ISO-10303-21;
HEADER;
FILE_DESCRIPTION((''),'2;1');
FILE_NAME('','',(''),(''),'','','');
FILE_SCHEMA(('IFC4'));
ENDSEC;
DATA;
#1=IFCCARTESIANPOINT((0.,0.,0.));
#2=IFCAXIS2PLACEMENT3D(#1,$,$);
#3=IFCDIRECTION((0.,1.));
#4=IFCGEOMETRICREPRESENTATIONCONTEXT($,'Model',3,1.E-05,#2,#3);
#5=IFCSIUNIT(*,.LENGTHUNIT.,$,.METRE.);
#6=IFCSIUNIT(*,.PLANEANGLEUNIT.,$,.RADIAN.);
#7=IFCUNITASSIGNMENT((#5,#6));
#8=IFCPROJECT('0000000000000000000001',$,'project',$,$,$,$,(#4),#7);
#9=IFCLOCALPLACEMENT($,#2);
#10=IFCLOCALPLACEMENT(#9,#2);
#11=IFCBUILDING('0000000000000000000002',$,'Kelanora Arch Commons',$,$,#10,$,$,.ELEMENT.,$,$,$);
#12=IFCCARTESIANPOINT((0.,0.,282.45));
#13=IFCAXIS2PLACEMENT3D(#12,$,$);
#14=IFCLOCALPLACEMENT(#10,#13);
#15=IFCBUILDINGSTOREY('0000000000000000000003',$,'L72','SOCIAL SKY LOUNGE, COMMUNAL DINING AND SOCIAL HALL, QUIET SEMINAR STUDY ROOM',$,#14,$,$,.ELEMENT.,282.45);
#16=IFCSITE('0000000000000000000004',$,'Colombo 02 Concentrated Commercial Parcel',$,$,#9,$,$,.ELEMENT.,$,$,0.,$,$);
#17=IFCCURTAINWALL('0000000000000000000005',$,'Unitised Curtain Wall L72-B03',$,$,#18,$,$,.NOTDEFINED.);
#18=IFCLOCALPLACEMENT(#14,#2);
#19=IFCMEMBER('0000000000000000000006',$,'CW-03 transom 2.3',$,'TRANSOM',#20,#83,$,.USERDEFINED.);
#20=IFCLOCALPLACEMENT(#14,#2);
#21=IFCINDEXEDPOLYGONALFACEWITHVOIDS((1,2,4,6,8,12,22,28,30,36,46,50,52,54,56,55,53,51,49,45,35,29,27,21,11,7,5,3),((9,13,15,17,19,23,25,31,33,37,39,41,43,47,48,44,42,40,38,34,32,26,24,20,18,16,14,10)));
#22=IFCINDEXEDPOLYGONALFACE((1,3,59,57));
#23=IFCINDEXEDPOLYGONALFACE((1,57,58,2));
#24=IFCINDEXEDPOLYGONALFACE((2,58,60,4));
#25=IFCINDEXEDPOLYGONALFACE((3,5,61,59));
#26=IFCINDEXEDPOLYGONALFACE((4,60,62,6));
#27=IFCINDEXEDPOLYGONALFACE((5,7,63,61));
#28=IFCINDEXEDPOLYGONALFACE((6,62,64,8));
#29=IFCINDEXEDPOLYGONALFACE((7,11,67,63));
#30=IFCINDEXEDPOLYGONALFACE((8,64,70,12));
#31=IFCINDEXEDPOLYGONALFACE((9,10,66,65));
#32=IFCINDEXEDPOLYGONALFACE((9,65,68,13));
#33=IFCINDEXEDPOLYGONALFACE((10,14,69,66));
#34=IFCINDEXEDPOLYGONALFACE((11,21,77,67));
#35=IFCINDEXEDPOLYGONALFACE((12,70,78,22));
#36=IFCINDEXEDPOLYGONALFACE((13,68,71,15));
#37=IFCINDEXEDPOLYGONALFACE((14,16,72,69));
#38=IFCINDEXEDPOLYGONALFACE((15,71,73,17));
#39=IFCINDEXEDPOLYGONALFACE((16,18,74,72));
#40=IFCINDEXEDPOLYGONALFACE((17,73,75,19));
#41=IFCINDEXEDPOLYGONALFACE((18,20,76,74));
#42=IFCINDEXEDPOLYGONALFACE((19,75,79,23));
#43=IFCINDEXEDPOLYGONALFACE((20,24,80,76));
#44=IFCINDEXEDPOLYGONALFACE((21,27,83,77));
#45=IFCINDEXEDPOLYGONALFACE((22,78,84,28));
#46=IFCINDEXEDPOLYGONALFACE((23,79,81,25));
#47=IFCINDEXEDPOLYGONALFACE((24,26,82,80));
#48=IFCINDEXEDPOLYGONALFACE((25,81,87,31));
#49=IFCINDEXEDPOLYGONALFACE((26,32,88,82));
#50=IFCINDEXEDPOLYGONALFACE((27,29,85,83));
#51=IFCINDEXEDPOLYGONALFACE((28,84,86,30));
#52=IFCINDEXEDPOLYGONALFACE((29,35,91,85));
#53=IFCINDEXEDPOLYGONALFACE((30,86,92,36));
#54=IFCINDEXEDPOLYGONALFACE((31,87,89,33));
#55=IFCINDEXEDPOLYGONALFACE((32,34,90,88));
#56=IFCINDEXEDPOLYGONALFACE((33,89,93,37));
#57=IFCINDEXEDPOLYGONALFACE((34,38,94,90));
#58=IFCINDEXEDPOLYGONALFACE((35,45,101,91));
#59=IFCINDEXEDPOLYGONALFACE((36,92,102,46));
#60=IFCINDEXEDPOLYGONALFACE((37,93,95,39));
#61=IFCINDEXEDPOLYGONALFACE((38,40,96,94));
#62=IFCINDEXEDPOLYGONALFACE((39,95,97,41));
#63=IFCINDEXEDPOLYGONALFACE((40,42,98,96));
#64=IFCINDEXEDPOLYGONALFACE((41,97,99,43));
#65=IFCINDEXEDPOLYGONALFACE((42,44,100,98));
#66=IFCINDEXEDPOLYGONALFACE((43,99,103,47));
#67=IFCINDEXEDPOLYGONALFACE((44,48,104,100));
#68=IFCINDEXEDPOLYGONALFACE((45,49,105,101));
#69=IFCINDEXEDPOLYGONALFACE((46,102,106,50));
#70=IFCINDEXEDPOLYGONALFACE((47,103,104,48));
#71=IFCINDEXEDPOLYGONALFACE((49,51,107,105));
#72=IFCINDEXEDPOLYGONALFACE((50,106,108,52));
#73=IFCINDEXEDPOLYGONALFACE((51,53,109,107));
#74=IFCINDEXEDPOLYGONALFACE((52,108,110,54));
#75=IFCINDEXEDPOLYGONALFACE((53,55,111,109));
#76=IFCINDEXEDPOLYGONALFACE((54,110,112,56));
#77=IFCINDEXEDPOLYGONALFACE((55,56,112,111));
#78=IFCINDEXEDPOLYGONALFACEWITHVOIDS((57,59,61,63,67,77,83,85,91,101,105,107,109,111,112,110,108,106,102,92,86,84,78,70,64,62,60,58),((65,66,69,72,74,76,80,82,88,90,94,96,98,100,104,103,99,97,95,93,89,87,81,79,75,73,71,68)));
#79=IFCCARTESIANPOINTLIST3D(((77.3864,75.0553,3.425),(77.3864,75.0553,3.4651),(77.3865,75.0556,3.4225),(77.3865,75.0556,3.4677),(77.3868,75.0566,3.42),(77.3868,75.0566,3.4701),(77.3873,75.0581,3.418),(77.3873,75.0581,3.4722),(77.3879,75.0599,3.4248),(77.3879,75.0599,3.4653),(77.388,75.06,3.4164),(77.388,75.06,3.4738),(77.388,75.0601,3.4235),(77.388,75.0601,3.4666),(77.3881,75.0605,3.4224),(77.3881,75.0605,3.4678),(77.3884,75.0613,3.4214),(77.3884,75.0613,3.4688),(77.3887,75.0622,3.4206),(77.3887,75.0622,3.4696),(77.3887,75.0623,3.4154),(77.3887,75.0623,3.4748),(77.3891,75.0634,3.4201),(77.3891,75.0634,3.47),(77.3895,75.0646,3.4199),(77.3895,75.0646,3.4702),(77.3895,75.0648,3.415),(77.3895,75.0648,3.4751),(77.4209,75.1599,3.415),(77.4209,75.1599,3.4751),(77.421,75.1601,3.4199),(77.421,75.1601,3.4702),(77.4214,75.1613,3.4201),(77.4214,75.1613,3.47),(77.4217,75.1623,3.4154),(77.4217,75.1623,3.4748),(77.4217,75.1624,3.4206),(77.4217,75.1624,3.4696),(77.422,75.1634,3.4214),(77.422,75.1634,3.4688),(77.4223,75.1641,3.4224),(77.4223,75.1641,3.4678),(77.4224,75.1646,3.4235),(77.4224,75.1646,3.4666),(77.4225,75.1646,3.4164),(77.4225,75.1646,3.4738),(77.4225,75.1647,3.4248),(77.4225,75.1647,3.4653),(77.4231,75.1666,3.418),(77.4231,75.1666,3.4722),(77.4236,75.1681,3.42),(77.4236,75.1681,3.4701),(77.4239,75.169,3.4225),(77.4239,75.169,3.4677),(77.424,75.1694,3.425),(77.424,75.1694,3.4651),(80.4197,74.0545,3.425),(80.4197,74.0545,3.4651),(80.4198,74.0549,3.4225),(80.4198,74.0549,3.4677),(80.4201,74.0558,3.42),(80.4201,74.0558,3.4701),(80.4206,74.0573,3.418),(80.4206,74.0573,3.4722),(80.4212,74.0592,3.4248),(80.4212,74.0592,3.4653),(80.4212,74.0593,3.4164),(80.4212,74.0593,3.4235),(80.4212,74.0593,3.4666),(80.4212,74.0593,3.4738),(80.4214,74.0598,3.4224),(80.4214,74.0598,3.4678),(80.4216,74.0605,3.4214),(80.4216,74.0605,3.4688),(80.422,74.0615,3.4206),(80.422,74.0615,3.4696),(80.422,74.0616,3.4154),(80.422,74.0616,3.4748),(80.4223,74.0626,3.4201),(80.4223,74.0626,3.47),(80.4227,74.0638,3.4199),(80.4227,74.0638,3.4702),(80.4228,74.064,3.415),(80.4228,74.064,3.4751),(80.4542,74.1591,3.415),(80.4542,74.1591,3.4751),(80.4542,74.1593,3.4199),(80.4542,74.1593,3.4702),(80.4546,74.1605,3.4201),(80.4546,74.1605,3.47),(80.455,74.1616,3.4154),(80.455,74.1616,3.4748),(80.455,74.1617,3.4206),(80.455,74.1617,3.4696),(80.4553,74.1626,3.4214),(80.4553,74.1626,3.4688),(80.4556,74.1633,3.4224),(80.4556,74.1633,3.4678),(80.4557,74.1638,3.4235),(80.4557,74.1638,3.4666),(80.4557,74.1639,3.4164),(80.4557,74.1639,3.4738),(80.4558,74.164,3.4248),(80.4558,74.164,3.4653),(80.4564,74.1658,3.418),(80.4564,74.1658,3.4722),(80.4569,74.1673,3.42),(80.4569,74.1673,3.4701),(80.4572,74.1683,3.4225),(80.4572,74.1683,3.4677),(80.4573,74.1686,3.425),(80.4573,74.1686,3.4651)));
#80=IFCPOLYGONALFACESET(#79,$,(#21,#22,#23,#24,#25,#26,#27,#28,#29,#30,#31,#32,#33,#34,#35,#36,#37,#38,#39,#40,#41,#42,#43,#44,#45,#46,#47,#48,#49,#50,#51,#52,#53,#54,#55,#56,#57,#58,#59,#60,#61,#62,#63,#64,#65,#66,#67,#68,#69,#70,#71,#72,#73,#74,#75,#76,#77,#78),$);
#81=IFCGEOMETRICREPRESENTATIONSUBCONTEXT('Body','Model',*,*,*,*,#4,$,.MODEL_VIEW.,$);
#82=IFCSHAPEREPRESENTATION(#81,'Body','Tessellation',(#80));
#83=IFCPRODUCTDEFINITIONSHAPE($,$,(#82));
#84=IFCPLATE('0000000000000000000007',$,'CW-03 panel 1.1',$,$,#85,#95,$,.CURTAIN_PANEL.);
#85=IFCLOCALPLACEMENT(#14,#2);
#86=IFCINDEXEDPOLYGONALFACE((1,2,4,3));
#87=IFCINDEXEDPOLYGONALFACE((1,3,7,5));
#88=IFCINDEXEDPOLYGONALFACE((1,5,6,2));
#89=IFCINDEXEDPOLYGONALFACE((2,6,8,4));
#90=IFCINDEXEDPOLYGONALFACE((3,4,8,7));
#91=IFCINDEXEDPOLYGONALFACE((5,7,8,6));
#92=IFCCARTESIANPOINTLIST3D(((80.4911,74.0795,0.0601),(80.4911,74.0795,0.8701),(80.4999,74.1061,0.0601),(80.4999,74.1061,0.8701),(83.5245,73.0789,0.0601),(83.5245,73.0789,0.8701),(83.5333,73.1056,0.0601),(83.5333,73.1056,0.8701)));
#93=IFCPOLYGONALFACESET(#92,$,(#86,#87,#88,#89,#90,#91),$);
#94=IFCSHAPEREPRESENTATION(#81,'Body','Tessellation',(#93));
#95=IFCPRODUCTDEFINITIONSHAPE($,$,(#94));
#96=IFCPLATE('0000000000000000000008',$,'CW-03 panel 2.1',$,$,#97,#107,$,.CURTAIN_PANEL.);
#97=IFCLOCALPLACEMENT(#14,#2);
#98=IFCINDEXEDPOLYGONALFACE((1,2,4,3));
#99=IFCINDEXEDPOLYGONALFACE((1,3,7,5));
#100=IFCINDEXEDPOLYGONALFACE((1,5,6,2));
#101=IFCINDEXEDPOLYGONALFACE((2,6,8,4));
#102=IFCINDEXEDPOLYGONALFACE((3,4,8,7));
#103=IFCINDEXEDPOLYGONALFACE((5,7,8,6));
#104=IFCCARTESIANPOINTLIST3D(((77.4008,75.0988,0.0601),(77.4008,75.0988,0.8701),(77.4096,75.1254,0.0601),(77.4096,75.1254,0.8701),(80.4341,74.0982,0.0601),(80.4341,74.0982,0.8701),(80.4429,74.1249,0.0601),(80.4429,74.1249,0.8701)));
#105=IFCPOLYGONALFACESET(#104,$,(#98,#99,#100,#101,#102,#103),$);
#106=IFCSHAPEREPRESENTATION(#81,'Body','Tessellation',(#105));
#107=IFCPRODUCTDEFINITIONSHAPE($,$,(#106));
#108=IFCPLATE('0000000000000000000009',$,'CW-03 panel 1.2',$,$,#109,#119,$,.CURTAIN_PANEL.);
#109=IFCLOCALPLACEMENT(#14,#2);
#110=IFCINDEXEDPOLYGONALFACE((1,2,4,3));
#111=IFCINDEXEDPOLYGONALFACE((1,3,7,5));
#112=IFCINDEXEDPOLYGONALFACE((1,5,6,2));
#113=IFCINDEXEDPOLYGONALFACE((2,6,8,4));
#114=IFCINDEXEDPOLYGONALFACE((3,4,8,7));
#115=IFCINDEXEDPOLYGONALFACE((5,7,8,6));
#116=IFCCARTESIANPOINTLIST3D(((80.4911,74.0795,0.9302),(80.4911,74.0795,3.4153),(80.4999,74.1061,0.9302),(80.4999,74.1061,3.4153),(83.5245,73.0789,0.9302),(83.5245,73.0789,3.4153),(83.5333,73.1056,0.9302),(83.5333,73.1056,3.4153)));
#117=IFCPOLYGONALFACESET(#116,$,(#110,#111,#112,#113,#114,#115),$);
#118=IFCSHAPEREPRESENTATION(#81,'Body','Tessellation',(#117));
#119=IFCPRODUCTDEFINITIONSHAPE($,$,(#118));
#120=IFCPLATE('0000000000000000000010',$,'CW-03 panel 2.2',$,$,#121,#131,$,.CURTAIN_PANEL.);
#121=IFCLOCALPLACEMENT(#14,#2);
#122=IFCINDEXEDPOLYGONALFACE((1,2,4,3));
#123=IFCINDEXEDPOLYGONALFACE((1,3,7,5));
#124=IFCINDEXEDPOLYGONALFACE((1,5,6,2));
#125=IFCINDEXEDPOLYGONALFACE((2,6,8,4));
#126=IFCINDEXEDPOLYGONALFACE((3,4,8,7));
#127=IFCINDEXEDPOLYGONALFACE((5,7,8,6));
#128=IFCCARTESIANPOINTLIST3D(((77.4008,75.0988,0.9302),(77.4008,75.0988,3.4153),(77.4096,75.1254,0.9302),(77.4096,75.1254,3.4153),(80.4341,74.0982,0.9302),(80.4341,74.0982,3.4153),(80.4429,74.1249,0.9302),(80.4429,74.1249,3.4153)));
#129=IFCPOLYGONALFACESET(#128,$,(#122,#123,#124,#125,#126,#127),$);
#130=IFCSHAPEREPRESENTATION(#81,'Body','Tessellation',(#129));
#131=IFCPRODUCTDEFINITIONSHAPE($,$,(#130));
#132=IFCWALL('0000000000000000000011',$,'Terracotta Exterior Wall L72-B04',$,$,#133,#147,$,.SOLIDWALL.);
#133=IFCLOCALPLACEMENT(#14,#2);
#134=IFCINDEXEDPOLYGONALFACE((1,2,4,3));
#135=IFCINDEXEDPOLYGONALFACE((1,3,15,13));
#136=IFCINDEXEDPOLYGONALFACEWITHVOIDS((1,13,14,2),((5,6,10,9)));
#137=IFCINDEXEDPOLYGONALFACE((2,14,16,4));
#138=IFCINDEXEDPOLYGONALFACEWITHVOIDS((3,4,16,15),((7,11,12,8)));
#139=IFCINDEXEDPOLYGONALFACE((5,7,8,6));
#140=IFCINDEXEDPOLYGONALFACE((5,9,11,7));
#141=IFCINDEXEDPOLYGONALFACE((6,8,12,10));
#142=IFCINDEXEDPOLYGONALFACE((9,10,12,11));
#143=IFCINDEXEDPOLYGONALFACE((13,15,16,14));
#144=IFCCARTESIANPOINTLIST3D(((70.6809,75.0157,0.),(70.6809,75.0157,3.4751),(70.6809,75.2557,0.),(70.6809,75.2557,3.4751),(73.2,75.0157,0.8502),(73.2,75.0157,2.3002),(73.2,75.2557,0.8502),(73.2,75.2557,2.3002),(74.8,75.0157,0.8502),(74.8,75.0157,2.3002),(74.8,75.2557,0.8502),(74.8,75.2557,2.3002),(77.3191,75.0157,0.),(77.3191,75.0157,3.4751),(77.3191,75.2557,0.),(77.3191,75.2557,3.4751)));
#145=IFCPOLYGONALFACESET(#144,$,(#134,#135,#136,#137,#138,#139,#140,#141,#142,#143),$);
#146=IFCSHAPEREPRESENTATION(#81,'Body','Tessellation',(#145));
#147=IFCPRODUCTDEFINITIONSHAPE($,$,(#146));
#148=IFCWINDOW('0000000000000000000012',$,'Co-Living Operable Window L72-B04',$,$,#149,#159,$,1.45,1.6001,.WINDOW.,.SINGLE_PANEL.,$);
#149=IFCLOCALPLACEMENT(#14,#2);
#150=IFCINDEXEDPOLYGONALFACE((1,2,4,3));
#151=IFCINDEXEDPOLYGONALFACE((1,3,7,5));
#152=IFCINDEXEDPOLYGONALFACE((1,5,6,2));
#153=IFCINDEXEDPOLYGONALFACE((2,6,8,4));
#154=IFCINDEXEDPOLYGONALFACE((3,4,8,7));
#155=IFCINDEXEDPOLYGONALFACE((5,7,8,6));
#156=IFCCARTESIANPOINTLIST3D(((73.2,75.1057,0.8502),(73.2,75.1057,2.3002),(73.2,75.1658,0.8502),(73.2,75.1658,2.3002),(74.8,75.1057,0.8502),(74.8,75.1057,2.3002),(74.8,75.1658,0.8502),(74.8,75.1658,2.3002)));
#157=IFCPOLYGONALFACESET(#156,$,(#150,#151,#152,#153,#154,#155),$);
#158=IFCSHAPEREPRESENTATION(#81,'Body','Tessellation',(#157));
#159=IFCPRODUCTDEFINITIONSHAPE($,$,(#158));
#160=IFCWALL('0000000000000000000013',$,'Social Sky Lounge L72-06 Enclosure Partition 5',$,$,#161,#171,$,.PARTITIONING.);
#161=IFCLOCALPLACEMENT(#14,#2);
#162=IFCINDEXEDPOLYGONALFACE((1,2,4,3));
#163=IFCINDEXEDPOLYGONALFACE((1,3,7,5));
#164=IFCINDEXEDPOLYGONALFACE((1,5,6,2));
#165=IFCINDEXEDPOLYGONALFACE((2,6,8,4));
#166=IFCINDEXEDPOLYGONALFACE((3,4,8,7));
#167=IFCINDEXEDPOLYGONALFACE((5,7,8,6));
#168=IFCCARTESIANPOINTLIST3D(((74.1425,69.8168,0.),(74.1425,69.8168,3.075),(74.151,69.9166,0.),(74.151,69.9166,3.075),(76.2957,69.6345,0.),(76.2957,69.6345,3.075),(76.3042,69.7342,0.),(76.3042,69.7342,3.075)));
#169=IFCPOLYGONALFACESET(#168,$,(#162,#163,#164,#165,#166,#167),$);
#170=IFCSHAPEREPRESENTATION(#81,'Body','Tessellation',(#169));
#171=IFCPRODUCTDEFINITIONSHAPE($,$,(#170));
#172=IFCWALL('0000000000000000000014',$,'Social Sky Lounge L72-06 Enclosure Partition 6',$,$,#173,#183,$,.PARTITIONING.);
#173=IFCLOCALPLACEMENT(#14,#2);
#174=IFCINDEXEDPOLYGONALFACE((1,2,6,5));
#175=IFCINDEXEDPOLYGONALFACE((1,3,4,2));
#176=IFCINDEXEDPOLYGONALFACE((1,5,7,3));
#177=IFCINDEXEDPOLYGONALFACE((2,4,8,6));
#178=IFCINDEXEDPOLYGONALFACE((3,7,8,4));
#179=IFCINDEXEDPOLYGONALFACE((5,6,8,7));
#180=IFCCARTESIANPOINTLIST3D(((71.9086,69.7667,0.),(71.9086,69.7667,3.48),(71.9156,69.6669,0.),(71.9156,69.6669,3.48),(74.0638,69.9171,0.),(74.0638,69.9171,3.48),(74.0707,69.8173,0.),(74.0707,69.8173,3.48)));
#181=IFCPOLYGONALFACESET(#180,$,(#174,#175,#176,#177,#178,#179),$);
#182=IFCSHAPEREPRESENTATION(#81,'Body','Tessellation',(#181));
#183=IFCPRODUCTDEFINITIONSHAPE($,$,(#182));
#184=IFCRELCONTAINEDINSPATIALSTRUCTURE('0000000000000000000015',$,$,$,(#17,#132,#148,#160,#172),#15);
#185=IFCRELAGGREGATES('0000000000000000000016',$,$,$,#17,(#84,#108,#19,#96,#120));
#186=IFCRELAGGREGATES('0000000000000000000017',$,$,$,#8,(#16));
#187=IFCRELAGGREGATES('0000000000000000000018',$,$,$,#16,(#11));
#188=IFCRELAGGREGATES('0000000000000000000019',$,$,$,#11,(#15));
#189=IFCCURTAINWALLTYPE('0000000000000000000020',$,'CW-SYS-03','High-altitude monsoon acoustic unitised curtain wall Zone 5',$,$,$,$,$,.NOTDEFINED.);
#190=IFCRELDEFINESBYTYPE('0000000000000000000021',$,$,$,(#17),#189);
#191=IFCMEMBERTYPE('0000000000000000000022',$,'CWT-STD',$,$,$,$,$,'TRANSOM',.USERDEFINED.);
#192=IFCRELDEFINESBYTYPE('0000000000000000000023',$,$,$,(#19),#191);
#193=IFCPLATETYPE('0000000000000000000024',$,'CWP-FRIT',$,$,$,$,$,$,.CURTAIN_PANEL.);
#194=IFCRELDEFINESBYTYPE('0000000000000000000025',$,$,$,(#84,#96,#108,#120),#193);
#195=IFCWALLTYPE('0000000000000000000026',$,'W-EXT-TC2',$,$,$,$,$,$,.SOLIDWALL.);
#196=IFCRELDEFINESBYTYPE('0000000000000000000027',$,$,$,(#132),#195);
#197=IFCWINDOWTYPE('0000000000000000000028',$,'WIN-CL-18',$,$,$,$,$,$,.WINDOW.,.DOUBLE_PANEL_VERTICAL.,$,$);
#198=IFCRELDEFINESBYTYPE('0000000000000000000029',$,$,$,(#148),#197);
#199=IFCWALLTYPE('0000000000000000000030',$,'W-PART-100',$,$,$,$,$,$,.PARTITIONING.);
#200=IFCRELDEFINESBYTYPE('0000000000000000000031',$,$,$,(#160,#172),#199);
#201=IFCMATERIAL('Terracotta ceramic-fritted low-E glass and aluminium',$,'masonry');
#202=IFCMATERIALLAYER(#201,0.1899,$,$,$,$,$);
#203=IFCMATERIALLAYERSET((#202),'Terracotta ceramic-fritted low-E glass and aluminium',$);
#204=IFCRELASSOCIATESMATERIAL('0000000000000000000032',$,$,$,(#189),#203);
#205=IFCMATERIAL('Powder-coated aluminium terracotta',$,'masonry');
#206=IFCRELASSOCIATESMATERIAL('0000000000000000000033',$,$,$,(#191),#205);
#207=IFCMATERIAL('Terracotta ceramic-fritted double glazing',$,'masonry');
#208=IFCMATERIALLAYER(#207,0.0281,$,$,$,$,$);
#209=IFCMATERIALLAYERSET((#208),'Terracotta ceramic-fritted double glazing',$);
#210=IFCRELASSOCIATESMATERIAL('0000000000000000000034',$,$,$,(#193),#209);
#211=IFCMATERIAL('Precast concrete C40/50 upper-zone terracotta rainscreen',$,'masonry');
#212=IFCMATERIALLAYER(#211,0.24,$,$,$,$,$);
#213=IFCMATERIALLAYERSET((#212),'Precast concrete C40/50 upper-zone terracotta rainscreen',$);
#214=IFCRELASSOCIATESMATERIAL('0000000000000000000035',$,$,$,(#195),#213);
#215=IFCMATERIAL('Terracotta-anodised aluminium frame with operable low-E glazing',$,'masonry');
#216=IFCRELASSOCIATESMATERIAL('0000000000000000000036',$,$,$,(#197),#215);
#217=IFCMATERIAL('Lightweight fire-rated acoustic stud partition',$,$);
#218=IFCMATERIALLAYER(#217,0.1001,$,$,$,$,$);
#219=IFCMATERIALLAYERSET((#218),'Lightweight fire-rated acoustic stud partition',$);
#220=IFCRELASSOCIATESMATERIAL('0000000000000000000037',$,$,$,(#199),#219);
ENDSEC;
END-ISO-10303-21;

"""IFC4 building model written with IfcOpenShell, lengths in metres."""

from ifc_helpers import new_model, si_unit, direction, frame, frame_2d, origin, origin_2d, place, context, subcontext, project, spatial, rectangle, hollow_rectangle, extrude, source, transform, mapped, material, layer, layer_set, material_profile, profile_set, type_object, element, fill, aggregate, save


model = new_model("IFC4")

# Units and contexts
model_context = context("Model", 3, precision=1e-05, world=origin(), true_north=direction((0.0, 1.0)))
body_context = subcontext(model_context, "Body", "Model", "MODEL_VIEW")
ifc_project = project(units=[si_unit("LENGTHUNIT", "METRE"), si_unit("PLANEANGLEUNIT", "RADIAN")], contexts=[model_context])

# Site, building, storey
site_placement = place(None, origin())
site = spatial("IfcSite", under=ifc_project, at=site_placement, Name="Colombo 02 Concentrated Commercial Parcel", CompositionType="ELEMENT", RefElevation=0.0)
building_placement = place(site_placement, origin())
building = spatial("IfcBuilding", under=site, at=building_placement, Name="Kelanora Arch Commons", CompositionType="ELEMENT")
storey_placement = place(building_placement, frame((0.0, 0.0, 282.45)))
storey = spatial("IfcBuildingStorey", under=building, at=storey_placement, Name="L72", Description="SOCIAL SKY LOUNGE, COMMUNAL DINING AND SOCIAL HALL, QUIET SEMINAR STUDY ROOM", CompositionType="ELEMENT", Elevation=282.45)

# Curtain wall, member, plates
ifc_material_1 = material(Name="Terracotta ceramic-fritted low-E glass and aluminium", Category="masonry")
ifc_layer_1 = layer(ifc_material_1, 0.1899)
ifc_layer_set_1 = layer_set([ifc_layer_1], Name="Terracotta ceramic-fritted low-E glass and aluminium")
curtain_wall_type = type_object("IfcCurtainWallType", Name="CW-SYS-03", Description="High-altitude monsoon acoustic unitised curtain wall Zone 5", PredefinedType="NOTDEFINED", material=ifc_layer_set_1)
curtain_wall_placement = place(storey_placement, origin())
curtain_wall = element("IfcCurtainWall", 1, at=curtain_wall_placement, inside=storey, type_object=curtain_wall_type, Name="Unitised Curtain Wall L72-B03", PredefinedType="NOTDEFINED")
ifc_material_2 = material(Name="Powder-coated aluminium terracotta", Category="masonry")
ifc_material_profile_1 = material_profile(ifc_material_2, hollow_rectangle(XDim=0.1201, YDim=0.0601, WallThickness=0.0049, InnerFilletRadius=0.0049, OuterFilletRadius=0.01, at=origin_2d()), Name="CWT120x60")
ifc_profile_set_1 = profile_set([ifc_material_profile_1], Name="Powder-coated aluminium terracotta")
member_type_1 = type_object("IfcMemberType", Name="CWT-STD", ElementType="TRANSOM", PredefinedType="USERDEFINED", material=ifc_profile_set_1)
member_1_placement = place(storey_placement, frame((80.4385, 74.1116, 3.4451), z_axis=(-0.94965, 0.313314, 0.0), x_axis=(-0.313314, -0.94965, 0.0)))
member_1 = element("IfcMember", 2, at=member_1_placement, type_object=member_type_1, Name="CW-03 transom 2.3", ObjectType="TRANSOM", PredefinedType="USERDEFINED", context=body_context, shape_type="SweptSolid", body=[
    extrude(hollow_rectangle(XDim=0.1201, YDim=0.0601, WallThickness=0.0049, InnerFilletRadius=0.0049, OuterFilletRadius=0.01, at=origin_2d()), origin(), (0.0, 0.0, 1.0), 3.1941),
])
ifc_material_3 = material(Name="Terracotta ceramic-fritted double glazing", Category="masonry")
ifc_layer_2 = layer(ifc_material_3, 0.0281)
ifc_layer_set_2 = layer_set([ifc_layer_2], Name="Terracotta ceramic-fritted double glazing")
plate_type = type_object("IfcPlateType", Name="CWP-FRIT", PredefinedType="CURTAIN_PANEL", material=ifc_layer_set_2)
shared_shape_1 = source(origin(), body_context, "Body", "SweptSolid", [
    extrude(rectangle(XDim=3.1941, YDim=0.0281, at=origin_2d()), origin(), (0.0, 0.0, 1.0), 0.8101),
])
plate_1_placement = place(storey_placement, frame((82.0122, 73.5925, 0.0601), z_axis=(0.0, 0.0, 1.0), x_axis=(-0.94967, 0.313253, 0.0)))
plate_1 = element("IfcPlate", 3, at=plate_1_placement, type_object=plate_type, Name="CW-03 panel 1.1", PredefinedType="CURTAIN_PANEL", context=body_context, shape_type="MappedRepresentation", body=[
    mapped(shared_shape_1, transform((0.0, 0.0, 0.0), scale=1.0)),
])
plate_2_placement = place(storey_placement, frame((78.9219, 74.6118, 0.0601), z_axis=(0.0, 0.0, 1.0), x_axis=(-0.94967, 0.313253, 0.0)))
plate_2 = element("IfcPlate", 4, at=plate_2_placement, type_object=plate_type, Name="CW-03 panel 2.1", PredefinedType="CURTAIN_PANEL", context=body_context, shape_type="MappedRepresentation", body=[
    mapped(shared_shape_1, transform((0.0, 0.0, 0.0), scale=1.0)),
])
shared_shape_2 = source(origin(), body_context, "Body", "SweptSolid", [
    extrude(rectangle(XDim=3.1941, YDim=0.0281, at=origin_2d()), origin(), (0.0, 0.0, 1.0), 2.4851),
])
plate_3_placement = place(storey_placement, frame((82.0122, 73.5925, 0.9302), z_axis=(0.0, 0.0, 1.0), x_axis=(-0.94967, 0.313253, 0.0)))
plate_3 = element("IfcPlate", 5, at=plate_3_placement, type_object=plate_type, Name="CW-03 panel 1.2", PredefinedType="CURTAIN_PANEL", context=body_context, shape_type="MappedRepresentation", body=[
    mapped(shared_shape_2, transform((0.0, 0.0, 0.0), scale=1.0)),
])
plate_4_placement = place(storey_placement, frame((78.9219, 74.6118, 0.9302), z_axis=(0.0, 0.0, 1.0), x_axis=(-0.94967, 0.313253, 0.0)))
plate_4 = element("IfcPlate", 6, at=plate_4_placement, type_object=plate_type, Name="CW-03 panel 2.2", PredefinedType="CURTAIN_PANEL", context=body_context, shape_type="MappedRepresentation", body=[
    mapped(shared_shape_2, transform((0.0, 0.0, 0.0), scale=1.0)),
])
aggregate(curtain_wall, [plate_1, plate_3, member_1, plate_2, plate_4])

# Wall, opening, window
ifc_material_4 = material(Name="Precast concrete C40/50 upper-zone terracotta rainscreen", Category="masonry")
ifc_layer_3 = layer(ifc_material_4, 0.24)
ifc_layer_set_3 = layer_set([ifc_layer_3], Name="Precast concrete C40/50 upper-zone terracotta rainscreen")
wall_type_1 = type_object("IfcWallType", Name="W-EXT-TC2", PredefinedType="SOLIDWALL", material=ifc_layer_set_3)
wall_1_placement = place(storey_placement, frame((77.3191, 75.1357, 0.0), z_axis=(0.0, 0.0, 1.0), x_axis=(-1.0, 0.0, 0.0)))
wall_1 = element("IfcWall", 7, at=wall_1_placement, inside=storey, type_object=wall_type_1, Name="Terracotta Exterior Wall L72-B04", PredefinedType="SOLIDWALL", context=body_context, shape_type="SweptSolid", body=[
    extrude(rectangle(XDim=6.6382, YDim=0.24, at=frame_2d((3.3191, 0.0))), origin(), (0.0, 0.0, 1.0), 3.4751),
])
opening_placement = place(wall_1_placement, frame((2.519, 0.0, 0.8501)))
opening = element("IfcOpeningElement", 8, at=opening_placement, cuts=wall_1, PredefinedType="OPENING", context=body_context, shape_type="SweptSolid", body=[
    extrude(rectangle(XDim=1.6001, YDim=1.45, at=frame_2d((0.8, 0.7251))), frame((0.0, 0.1299, 0.0), z_axis=(0.0, -1.0, 0.0), x_axis=(1.0, 0.0, 0.0)), (0.0, 0.0, 1.0), 0.26),
])
ifc_material_5 = material(Name="Terracotta-anodised aluminium frame with operable low-E glazing", Category="masonry")
window_type = type_object("IfcWindowType", Name="WIN-CL-18", PartitioningType="DOUBLE_PANEL_VERTICAL", PredefinedType="WINDOW", material=ifc_material_5)
window_placement = place(opening_placement, origin())
window = element("IfcWindow", 9, at=window_placement, inside=storey, type_object=window_type, Name="Co-Living Operable Window L72-B04", OverallHeight=1.45, OverallWidth=1.6001, PartitioningType="SINGLE_PANEL", PredefinedType="WINDOW", context=body_context, shape_type="SweptSolid", body=[
    extrude(rectangle(XDim=1.6001, YDim=1.45, at=frame_2d((0.8, 0.7251))), frame((0.0, 0.03, 0.0), z_axis=(0.0, -1.0, 0.0), x_axis=(1.0, 0.0, 0.0)), (0.0, 0.0, 1.0), 0.0601),
])
fill(opening, window)

# Walls
ifc_material_6 = material(Name="Lightweight fire-rated acoustic stud partition")
ifc_layer_4 = layer(ifc_material_6, 0.1001)
ifc_layer_set_4 = layer_set([ifc_layer_4], Name="Lightweight fire-rated acoustic stud partition")
wall_type_2 = type_object("IfcWallType", Name="W-PART-100", PredefinedType="PARTITIONING", material=ifc_layer_set_4)
wall_2_placement = place(storey_placement, frame((76.3, 69.6843, 0.0), z_axis=(0.0, 0.0, 1.0), x_axis=(-0.996432, 0.084401, 0.0)))
element("IfcWall", 10, at=wall_2_placement, inside=storey, type_object=wall_type_2, Name="Social Sky Lounge L72-06 Enclosure Partition 5", PredefinedType="PARTITIONING", context=body_context, shape_type="SweptSolid", body=[
    extrude(rectangle(XDim=2.1609, YDim=0.1001, at=frame_2d((1.0806, 0.0))), origin(), (0.0, 0.0, 1.0), 3.075),
])
wall_3_placement = place(storey_placement, frame((74.0671, 69.8672, 0.0), z_axis=(0.0, 0.0, 1.0), x_axis=(-0.997574, -0.069609, 0.0)))
element("IfcWall", 11, at=wall_3_placement, inside=storey, type_object=wall_type_2, Name="Social Sky Lounge L72-06 Enclosure Partition 6", PredefinedType="PARTITIONING", context=body_context, shape_type="SweptSolid", body=[
    extrude(rectangle(XDim=2.1604, YDim=0.1001, at=frame_2d((1.0801, 0.0))), origin(), (0.0, 0.0, 1.0), 3.48),
])

save(model, "model.ifc")
